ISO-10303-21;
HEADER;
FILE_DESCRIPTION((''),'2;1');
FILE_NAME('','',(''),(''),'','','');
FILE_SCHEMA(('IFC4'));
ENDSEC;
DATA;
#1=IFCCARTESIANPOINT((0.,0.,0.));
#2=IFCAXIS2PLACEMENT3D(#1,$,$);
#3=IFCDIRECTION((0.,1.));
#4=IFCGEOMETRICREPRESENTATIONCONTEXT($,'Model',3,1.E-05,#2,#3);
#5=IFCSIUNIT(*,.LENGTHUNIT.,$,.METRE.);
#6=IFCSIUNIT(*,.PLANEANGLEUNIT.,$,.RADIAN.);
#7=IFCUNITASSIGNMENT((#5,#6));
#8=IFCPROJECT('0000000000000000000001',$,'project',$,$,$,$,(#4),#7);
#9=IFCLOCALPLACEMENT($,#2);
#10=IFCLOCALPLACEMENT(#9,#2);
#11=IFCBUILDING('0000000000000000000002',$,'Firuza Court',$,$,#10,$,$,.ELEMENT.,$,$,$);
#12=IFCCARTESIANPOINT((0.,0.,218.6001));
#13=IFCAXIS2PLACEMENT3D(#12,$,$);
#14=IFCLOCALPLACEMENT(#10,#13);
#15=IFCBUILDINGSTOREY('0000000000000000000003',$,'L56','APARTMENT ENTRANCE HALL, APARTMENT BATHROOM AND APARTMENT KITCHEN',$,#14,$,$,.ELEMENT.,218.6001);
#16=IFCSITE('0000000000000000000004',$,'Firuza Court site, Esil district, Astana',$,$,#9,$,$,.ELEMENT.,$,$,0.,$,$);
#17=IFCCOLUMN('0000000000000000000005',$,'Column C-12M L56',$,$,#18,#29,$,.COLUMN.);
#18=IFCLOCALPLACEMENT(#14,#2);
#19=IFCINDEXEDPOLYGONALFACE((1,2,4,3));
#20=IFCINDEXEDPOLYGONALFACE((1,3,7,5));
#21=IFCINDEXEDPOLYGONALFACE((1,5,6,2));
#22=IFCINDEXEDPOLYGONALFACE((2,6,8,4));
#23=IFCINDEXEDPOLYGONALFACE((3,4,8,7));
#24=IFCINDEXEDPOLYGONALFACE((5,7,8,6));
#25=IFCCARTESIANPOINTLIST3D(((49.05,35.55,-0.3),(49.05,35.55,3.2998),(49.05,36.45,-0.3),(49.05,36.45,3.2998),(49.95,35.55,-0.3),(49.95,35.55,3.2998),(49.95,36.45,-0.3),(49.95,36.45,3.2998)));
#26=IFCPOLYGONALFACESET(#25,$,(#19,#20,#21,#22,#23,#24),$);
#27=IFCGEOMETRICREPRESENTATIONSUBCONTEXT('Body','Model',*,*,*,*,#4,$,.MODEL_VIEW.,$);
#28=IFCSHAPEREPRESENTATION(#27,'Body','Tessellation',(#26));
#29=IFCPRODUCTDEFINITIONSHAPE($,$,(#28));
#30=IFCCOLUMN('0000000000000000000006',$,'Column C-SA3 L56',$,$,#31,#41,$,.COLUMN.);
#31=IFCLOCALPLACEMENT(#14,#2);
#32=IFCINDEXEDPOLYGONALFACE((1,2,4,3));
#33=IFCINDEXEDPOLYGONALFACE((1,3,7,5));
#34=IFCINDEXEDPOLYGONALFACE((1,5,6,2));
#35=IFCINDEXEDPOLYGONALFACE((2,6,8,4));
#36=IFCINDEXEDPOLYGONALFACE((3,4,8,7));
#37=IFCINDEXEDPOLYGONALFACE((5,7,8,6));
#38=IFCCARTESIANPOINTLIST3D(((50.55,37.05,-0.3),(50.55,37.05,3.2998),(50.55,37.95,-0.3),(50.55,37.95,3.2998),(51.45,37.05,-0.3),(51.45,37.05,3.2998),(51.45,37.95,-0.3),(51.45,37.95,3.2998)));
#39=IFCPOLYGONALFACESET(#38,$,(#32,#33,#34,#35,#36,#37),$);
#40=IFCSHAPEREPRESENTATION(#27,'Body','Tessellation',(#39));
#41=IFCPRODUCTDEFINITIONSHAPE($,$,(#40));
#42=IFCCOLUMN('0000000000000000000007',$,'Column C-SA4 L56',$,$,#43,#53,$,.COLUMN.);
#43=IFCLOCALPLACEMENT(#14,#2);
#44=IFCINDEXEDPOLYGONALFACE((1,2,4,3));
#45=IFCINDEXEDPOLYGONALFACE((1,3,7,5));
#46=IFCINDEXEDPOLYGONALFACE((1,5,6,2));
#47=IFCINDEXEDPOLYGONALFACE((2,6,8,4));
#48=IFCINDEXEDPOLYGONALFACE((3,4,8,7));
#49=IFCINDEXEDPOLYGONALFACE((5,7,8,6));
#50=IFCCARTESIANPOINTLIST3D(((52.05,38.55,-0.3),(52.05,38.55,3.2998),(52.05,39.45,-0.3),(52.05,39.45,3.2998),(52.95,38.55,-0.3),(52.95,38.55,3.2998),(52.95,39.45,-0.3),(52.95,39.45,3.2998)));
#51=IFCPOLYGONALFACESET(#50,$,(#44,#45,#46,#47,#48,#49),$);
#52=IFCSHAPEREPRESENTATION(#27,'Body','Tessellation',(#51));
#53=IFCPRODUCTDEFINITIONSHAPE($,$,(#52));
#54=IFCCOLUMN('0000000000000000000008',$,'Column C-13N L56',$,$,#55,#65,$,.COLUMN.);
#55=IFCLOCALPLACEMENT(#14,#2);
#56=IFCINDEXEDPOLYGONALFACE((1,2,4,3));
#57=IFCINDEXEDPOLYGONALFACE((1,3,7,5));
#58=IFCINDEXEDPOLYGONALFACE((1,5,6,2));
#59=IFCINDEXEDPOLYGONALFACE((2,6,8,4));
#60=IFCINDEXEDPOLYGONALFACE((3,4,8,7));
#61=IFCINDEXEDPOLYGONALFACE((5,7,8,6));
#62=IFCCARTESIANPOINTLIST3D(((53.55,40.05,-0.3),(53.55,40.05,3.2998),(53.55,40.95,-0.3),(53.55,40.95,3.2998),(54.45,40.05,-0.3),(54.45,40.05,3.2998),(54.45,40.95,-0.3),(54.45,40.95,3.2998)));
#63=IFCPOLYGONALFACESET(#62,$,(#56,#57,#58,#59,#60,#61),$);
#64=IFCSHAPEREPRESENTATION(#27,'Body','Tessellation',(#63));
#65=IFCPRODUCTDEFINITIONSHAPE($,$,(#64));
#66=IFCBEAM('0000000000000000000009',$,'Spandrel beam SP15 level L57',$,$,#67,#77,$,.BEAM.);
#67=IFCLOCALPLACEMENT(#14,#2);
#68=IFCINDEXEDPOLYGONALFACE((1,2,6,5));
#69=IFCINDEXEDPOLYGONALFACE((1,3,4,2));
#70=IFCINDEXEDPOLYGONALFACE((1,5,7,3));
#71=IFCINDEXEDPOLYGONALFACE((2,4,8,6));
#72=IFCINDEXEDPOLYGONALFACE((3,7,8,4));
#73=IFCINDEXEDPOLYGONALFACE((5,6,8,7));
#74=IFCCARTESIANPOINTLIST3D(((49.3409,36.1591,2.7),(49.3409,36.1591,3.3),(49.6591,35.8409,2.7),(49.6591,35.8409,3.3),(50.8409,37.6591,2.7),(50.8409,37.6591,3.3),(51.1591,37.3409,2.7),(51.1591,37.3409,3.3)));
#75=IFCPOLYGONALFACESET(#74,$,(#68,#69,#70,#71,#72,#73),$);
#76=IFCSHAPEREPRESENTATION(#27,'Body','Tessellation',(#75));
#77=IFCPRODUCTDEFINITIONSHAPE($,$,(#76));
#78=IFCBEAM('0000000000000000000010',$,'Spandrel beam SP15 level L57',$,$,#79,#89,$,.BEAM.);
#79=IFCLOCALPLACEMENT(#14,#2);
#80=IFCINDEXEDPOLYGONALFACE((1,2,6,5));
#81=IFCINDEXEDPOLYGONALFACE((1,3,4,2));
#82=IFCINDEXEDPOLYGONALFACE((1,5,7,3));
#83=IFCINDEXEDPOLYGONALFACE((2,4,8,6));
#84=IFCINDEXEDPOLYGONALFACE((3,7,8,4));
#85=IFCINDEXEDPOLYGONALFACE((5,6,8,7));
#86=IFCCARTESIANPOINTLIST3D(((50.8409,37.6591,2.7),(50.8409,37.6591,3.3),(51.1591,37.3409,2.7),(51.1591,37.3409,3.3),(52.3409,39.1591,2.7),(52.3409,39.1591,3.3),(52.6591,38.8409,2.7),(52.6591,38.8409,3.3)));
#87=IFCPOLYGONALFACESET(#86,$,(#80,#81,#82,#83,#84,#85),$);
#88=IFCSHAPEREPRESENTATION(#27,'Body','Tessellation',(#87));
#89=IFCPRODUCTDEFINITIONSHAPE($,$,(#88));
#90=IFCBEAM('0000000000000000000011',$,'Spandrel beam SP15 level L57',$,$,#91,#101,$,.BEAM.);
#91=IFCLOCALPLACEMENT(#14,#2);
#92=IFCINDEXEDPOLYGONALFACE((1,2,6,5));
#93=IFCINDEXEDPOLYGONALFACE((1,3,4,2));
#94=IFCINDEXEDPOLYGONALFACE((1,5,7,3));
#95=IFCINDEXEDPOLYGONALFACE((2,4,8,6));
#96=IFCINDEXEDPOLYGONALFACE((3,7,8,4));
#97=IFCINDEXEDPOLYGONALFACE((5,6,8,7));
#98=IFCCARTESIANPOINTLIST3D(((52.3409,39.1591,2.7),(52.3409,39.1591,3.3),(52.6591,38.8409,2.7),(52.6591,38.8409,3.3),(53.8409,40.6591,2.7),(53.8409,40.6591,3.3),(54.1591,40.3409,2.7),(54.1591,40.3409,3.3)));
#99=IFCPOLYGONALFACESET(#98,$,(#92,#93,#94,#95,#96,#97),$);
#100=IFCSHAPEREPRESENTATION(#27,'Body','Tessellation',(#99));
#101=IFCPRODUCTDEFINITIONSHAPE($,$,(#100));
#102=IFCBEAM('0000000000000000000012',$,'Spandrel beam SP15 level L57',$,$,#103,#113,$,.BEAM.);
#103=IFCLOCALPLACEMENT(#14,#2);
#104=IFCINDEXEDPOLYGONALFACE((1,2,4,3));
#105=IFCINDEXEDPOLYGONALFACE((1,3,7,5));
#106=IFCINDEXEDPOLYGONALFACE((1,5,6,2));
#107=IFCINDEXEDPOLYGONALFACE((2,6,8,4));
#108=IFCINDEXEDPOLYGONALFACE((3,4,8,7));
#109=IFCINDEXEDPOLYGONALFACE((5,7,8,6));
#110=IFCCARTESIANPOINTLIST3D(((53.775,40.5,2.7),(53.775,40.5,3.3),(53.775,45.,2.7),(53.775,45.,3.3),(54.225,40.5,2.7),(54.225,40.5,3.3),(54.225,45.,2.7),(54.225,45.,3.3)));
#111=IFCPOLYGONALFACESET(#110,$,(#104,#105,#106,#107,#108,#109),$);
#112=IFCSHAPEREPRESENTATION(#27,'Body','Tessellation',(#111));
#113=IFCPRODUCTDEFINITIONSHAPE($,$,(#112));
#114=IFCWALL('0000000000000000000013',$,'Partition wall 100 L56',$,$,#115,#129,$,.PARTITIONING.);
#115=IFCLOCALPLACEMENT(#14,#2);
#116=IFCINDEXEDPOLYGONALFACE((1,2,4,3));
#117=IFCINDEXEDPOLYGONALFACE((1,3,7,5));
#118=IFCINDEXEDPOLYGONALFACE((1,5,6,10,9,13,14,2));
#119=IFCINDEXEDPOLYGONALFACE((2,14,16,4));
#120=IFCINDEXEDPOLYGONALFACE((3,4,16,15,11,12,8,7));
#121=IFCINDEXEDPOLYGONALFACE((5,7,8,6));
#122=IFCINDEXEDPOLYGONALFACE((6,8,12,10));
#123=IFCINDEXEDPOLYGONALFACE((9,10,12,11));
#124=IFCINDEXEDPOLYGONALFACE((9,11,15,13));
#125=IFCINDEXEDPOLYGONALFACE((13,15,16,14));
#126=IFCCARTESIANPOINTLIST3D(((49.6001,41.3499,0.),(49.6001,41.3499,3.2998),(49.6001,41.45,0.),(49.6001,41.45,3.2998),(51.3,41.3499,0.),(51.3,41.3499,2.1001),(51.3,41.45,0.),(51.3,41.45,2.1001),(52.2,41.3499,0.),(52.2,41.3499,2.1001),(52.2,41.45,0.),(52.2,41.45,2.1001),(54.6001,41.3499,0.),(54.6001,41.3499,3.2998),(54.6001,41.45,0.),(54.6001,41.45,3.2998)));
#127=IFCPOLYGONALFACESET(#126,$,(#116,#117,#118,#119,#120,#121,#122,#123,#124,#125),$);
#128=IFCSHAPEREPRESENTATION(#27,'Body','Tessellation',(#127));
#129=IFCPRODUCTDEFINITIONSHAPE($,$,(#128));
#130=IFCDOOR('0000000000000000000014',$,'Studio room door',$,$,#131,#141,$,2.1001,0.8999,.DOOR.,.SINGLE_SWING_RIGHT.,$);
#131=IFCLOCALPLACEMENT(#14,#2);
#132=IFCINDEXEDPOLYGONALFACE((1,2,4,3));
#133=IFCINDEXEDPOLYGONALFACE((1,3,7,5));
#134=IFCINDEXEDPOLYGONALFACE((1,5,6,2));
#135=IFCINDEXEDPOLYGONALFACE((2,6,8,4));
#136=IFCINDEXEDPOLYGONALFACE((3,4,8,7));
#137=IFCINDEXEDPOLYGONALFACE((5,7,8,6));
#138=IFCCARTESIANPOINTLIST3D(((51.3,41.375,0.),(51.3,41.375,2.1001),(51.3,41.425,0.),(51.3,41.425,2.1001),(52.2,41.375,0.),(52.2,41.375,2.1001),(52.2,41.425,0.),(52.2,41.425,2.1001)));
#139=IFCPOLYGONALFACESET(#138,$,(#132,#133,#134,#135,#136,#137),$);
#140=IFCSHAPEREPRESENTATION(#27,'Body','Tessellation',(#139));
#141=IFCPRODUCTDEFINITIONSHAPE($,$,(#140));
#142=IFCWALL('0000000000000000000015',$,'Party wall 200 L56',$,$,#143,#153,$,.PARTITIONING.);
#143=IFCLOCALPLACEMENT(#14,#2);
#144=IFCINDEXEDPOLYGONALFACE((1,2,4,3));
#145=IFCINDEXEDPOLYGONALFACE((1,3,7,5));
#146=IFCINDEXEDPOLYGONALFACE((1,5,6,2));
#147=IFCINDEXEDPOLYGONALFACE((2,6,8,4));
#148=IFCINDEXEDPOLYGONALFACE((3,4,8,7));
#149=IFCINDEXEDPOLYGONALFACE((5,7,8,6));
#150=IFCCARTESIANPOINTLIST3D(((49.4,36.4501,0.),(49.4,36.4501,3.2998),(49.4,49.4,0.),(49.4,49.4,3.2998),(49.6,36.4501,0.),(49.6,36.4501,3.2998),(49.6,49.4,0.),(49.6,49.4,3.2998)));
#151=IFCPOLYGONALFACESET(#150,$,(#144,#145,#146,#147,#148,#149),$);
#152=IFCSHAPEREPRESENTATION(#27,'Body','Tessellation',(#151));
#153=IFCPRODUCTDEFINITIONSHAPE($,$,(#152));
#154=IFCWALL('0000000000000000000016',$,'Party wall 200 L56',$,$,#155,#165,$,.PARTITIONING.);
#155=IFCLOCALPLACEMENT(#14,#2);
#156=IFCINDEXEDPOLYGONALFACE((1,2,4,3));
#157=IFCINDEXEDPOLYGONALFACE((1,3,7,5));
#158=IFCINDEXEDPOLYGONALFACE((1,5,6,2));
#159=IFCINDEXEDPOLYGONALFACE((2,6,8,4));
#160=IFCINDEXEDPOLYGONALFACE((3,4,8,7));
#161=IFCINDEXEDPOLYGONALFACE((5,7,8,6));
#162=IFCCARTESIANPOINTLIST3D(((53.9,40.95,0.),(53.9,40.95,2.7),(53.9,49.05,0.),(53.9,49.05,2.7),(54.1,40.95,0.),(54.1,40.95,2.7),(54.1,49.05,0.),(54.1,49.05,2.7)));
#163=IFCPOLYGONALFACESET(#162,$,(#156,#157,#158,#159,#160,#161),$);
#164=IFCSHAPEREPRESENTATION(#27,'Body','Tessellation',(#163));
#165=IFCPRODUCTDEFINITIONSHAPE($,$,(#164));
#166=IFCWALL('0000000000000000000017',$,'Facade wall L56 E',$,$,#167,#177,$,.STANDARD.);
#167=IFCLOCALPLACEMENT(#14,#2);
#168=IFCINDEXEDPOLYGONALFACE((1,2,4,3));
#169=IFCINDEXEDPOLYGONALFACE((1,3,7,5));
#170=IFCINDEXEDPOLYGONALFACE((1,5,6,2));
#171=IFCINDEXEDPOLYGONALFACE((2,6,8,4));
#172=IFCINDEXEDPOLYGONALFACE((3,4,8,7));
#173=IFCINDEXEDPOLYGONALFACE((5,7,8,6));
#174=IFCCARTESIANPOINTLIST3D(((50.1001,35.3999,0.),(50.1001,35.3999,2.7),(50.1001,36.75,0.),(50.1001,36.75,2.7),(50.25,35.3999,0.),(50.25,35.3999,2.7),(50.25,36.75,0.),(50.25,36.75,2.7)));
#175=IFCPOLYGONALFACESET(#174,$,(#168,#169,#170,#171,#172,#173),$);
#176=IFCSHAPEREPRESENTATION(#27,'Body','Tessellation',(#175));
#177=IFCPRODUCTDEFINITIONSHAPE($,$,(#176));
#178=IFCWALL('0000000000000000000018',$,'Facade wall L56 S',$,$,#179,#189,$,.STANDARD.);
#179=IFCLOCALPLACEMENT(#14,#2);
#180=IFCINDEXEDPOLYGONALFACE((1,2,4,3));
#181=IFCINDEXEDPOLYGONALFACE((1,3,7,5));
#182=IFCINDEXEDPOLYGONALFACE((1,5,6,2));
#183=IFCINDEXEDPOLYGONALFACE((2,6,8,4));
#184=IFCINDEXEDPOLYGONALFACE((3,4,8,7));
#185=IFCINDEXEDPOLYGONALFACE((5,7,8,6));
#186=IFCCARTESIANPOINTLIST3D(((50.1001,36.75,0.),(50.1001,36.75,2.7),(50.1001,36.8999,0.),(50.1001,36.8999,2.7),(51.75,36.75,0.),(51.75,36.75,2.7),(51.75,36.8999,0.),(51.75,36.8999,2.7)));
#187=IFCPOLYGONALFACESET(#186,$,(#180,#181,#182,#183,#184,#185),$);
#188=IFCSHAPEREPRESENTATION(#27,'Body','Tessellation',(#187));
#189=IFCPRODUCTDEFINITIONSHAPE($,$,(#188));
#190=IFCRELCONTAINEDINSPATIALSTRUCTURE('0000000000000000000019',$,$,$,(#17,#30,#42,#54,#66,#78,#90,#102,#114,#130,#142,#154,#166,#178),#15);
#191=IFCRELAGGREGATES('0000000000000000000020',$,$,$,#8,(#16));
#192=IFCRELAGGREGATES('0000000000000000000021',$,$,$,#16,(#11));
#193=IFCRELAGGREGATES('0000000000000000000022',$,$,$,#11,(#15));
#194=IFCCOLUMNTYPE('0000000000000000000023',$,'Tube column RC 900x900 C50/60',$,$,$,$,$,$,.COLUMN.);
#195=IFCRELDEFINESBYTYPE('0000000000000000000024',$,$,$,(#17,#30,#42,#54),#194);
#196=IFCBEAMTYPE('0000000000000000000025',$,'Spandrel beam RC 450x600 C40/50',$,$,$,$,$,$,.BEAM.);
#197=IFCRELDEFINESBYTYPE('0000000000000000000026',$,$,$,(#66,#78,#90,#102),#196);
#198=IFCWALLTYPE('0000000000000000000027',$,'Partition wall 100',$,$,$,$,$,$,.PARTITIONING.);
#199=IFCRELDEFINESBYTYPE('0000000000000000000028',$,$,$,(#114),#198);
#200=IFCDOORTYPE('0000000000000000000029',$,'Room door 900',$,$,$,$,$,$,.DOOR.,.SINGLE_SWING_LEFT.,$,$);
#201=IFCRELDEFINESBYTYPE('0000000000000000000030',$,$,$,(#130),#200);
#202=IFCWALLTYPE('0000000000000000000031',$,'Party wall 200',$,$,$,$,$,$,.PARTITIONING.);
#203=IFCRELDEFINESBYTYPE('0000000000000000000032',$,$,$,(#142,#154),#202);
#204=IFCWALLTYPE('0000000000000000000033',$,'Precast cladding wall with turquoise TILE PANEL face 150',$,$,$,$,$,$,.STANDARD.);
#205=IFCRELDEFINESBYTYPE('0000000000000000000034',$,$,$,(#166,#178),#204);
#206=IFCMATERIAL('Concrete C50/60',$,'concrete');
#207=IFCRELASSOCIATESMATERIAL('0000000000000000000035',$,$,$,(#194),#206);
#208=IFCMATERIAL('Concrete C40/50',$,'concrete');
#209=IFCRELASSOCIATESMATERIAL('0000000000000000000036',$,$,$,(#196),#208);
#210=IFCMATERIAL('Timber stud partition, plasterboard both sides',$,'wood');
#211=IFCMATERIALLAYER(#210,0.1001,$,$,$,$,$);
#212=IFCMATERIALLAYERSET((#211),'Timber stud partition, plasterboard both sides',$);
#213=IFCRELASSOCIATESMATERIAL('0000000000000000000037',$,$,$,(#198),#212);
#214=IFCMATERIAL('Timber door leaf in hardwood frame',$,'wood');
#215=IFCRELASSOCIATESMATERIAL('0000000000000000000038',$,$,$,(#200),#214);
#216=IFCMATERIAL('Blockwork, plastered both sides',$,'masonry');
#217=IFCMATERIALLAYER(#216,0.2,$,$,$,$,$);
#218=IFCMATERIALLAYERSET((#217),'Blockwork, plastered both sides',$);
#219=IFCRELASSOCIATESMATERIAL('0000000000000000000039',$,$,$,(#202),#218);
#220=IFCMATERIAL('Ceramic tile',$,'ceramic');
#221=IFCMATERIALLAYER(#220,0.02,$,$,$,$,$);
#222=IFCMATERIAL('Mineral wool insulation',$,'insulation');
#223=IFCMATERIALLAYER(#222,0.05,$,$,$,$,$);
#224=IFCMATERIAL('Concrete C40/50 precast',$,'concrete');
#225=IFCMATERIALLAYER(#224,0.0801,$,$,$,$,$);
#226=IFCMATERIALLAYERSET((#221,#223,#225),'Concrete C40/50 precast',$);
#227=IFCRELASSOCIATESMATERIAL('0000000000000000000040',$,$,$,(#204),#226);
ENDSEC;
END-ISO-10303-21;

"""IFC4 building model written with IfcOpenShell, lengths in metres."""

from ifc_helpers import new_model, si_unit, direction, frame, frame_2d, origin, origin_2d, place, context, subcontext, project, spatial, rectangle, extrude, material, layer, layer_set, material_profile, profile_set, type_object, element, fill, save


model = new_model("IFC4")

# Units and contexts
model_context = context("Model", 3, precision=1e-05, world=origin(), true_north=direction((0.0, 1.0)))
body_context = subcontext(model_context, "Body", "Model", "MODEL_VIEW")
ifc_project = project(units=[si_unit("LENGTHUNIT", "METRE"), si_unit("PLANEANGLEUNIT", "RADIAN")], contexts=[model_context])

# Site, building, storey
site_placement = place(None, origin())
site = spatial("IfcSite", under=ifc_project, at=site_placement, Name="Firuza Court site, Esil district, Astana", CompositionType="ELEMENT", RefElevation=0.0)
building_placement = place(site_placement, origin())
building = spatial("IfcBuilding", under=site, at=building_placement, Name="Firuza Court", CompositionType="ELEMENT")
storey_placement = place(building_placement, frame((0.0, 0.0, 218.6001)))
storey = spatial("IfcBuildingStorey", under=building, at=storey_placement, Name="L56", Description="APARTMENT ENTRANCE HALL, APARTMENT BATHROOM AND APARTMENT KITCHEN", CompositionType="ELEMENT", Elevation=218.6001)

# Columns
ifc_material_1 = material(Name="Concrete C50/60", Category="concrete")
ifc_material_profile_1 = material_profile(ifc_material_1, rectangle(XDim=0.8999, YDim=0.8999, at=origin_2d()), Name="RC 900x900")
ifc_profile_set_1 = profile_set([ifc_material_profile_1], Name="Concrete C50/60")
column_type = type_object("IfcColumnType", Name="Tube column RC 900x900 C50/60", PredefinedType="COLUMN", material=ifc_profile_set_1)
for number, where, z_axis, x_axis, name in (
    (1, (49.5, 36.0, -0.3), (0.0, 0.0, 1.0), (1.0, 0.0, 0.0), "Column C-12M L56"),
    (2, (51.0, 37.5, -0.3), (0.0, 0.0, 1.0), (1.0, 0.0, 0.0), "Column C-SA3 L56"),
    (3, (52.5, 39.0, -0.3), (0.0, 0.0, 1.0), (1.0, 0.0, 0.0), "Column C-SA4 L56"),
    (4, (54.0, 40.5, -0.3), (0.0, 0.0, 1.0), (1.0, 0.0, 0.0), "Column C-13N L56"),
):
    element("IfcColumn", number, at=place(storey_placement, frame(where, z_axis=z_axis, x_axis=x_axis)), inside=storey, type_object=column_type, Name=name, PredefinedType="COLUMN", context=body_context, shape_type="SweptSolid", body=[
        extrude(rectangle(XDim=0.8999, YDim=0.8999, at=origin_2d()), origin(), (0.0, 0.0, 1.0), 3.5999),
    ])

# Beams
ifc_material_2 = material(Name="Concrete C40/50", Category="concrete")
ifc_material_profile_2 = material_profile(ifc_material_2, rectangle(XDim=0.45, YDim=0.6001, at=origin_2d()), Name="RC 450x600")
ifc_profile_set_2 = profile_set([ifc_material_profile_2], Name="Concrete C40/50")
beam_type = type_object("IfcBeamType", Name="Spandrel beam RC 450x600 C40/50", PredefinedType="BEAM", material=ifc_profile_set_2)
for number, where, z_axis, x_axis, name in (
    (5, (49.5, 36.0, 3.0), (0.707107, 0.707107, 0.0), (-0.707107, 0.707107, 0.0), "Spandrel beam SP15 level L57"),
    (6, (51.0, 37.5, 3.0), (0.707107, 0.707107, 0.0), (-0.707107, 0.707107, 0.0), "Spandrel beam SP15 level L57"),
    (7, (52.5, 39.0, 3.0), (0.707107, 0.707107, 0.0), (-0.707107, 0.707107, 0.0), "Spandrel beam SP15 level L57"),
):
    element("IfcBeam", number, at=place(storey_placement, frame(where, z_axis=z_axis, x_axis=x_axis)), inside=storey, type_object=beam_type, Name=name, PredefinedType="BEAM", context=body_context, shape_type="SweptSolid", body=[
        extrude(rectangle(XDim=0.45, YDim=0.6001, at=origin_2d()), origin(), (0.0, 0.0, 1.0), 2.1213),
    ])
beam_placement = place(storey_placement, frame((54.0, 40.5, 3.0), z_axis=(0.0, 1.0, 0.0), x_axis=(-1.0, 0.0, 0.0)))
element("IfcBeam", 8, at=beam_placement, inside=storey, type_object=beam_type, Name="Spandrel beam SP15 level L57", PredefinedType="BEAM", context=body_context, shape_type="SweptSolid", body=[
    extrude(rectangle(XDim=0.45, YDim=0.6001, at=origin_2d()), origin(), (0.0, 0.0, 1.0), 4.5),
])

# Wall, opening, door
ifc_material_3 = material(Name="Timber stud partition, plasterboard both sides", Category="wood")
ifc_layer_1 = layer(ifc_material_3, 0.1001)
ifc_layer_set_1 = layer_set([ifc_layer_1], Name="Timber stud partition, plasterboard both sides")
wall_type_1 = type_object("IfcWallType", Name="Partition wall 100", PredefinedType="PARTITIONING", material=ifc_layer_set_1)
wall_1_placement = place(storey_placement, frame((49.6001, 41.3999, 0.0), z_axis=(0.0, 0.0, 1.0), x_axis=(1.0, 0.0, 0.0)))
wall_1 = element("IfcWall", 9, at=wall_1_placement, inside=storey, type_object=wall_type_1, Name="Partition wall 100 L56", PredefinedType="PARTITIONING", context=body_context, shape_type="SweptSolid", body=[
    extrude(rectangle(XDim=5.0, YDim=0.1001, at=frame_2d((2.5, 0.0))), origin(), (0.0, 0.0, 1.0), 3.2998),
])
opening_1_placement = place(wall_1_placement, frame((1.7, 0.0, 0.0)))
opening_1 = element("IfcOpeningElement", 10, at=opening_1_placement, cuts=wall_1, PredefinedType="OPENING", context=body_context, shape_type="SweptSolid", body=[
    extrude(rectangle(XDim=0.8999, YDim=2.1001, at=frame_2d((0.45, 1.05))), frame((0.0, 0.062, 0.0), z_axis=(0.0, -1.0, 0.0), x_axis=(1.0, 0.0, 0.0)), (0.0, 0.0, 1.0), 0.124),
])
ifc_material_4 = material(Name="Timber door leaf in hardwood frame", Category="wood")
door_type = type_object("IfcDoorType", Name="Room door 900", OperationType="SINGLE_SWING_LEFT", PredefinedType="DOOR", material=ifc_material_4)
door_placement = place(opening_1_placement, frame((0.8999, 0.0, 0.0), z_axis=(0.0, 0.0, 1.0), x_axis=(-1.0, 0.0, 0.0)))
door = element("IfcDoor", 11, at=door_placement, inside=storey, type_object=door_type, Name="Studio room door", OperationType="SINGLE_SWING_RIGHT", OverallHeight=2.1001, OverallWidth=0.8999, PredefinedType="DOOR", context=body_context, shape_type="SweptSolid", body=[
    extrude(rectangle(XDim=0.8999, YDim=2.1001, at=frame_2d((0.45, 1.05))), frame((0.0, 0.0249, 0.0), z_axis=(0.0, -1.0, 0.0), x_axis=(1.0, 0.0, 0.0)), (0.0, 0.0, 1.0), 0.05),
])
fill(opening_1, door)

# Walls
ifc_material_5 = material(Name="Blockwork, plastered both sides", Category="masonry")
ifc_layer_2 = layer(ifc_material_5, 0.2)
ifc_layer_set_2 = layer_set([ifc_layer_2], Name="Blockwork, plastered both sides")
wall_type_2 = type_object("IfcWallType", Name="Party wall 200", PredefinedType="PARTITIONING", material=ifc_layer_set_2)
wall_2_placement = place(storey_placement, frame((49.5, 36.45, 0.0), z_axis=(0.0, 0.0, 1.0), x_axis=(0.0, 1.0, 0.0)))
element("IfcWall", 12, at=wall_2_placement, inside=storey, type_object=wall_type_2, Name="Party wall 200 L56", PredefinedType="PARTITIONING", context=body_context, shape_type="SweptSolid", body=[
    extrude(rectangle(XDim=12.95, YDim=0.2, at=frame_2d((6.4751, 0.0))), origin(), (0.0, 0.0, 1.0), 3.2998),
])
wall_3_placement = place(storey_placement, frame((54.0, 40.95, 0.0), z_axis=(0.0, 0.0, 1.0), x_axis=(0.0, 1.0, 0.0)))
element("IfcWall", 13, at=wall_3_placement, inside=storey, type_object=wall_type_2, Name="Party wall 200 L56", PredefinedType="PARTITIONING", context=body_context, shape_type="SweptSolid", body=[
    extrude(rectangle(XDim=8.1001, YDim=0.2, at=frame_2d((4.05, 0.0))), origin(), (0.0, 0.0, 1.0), 2.7),
])
ifc_material_6 = material(Name="Ceramic tile", Category="ceramic")
ifc_layer_3 = layer(ifc_material_6, 0.02)
ifc_material_7 = material(Name="Mineral wool insulation", Category="insulation")
ifc_layer_4 = layer(ifc_material_7, 0.05)
ifc_material_8 = material(Name="Concrete C40/50 precast", Category="concrete")
ifc_layer_5 = layer(ifc_material_8, 0.0801)
ifc_layer_set_3 = layer_set([ifc_layer_3, ifc_layer_4, ifc_layer_5], Name="Concrete C40/50 precast")
wall_type_3 = type_object("IfcWallType", Name="Precast cladding wall with turquoise TILE PANEL face 150", PredefinedType="STANDARD", material=ifc_layer_set_3)
wall_4_placement = place(storey_placement, frame((50.175, 35.3999, 0.0), z_axis=(0.0, 0.0, 1.0), x_axis=(0.0, 1.0, 0.0)))
element("IfcWall", 14, at=wall_4_placement, inside=storey, type_object=wall_type_3, Name="Facade wall L56 E", PredefinedType="STANDARD", context=body_context, shape_type="SweptSolid", body=[
    extrude(rectangle(XDim=1.3501, YDim=0.1499, at=frame_2d((0.675, 0.0))), origin(), (0.0, 0.0, 1.0), 2.7),
])
wall_5_placement = place(storey_placement, frame((50.1001, 36.825, 0.0), z_axis=(0.0, 0.0, 1.0), x_axis=(1.0, 0.0, 0.0)))
element("IfcWall", 15, at=wall_5_placement, inside=storey, type_object=wall_type_3, Name="Facade wall L56 S", PredefinedType="STANDARD", context=body_context, shape_type="SweptSolid", body=[
    extrude(rectangle(XDim=1.6499, YDim=0.1499, at=frame_2d((0.825, 0.0))), origin(), (0.0, 0.0, 1.0), 2.7),
])

save(model, "model.ifc")
